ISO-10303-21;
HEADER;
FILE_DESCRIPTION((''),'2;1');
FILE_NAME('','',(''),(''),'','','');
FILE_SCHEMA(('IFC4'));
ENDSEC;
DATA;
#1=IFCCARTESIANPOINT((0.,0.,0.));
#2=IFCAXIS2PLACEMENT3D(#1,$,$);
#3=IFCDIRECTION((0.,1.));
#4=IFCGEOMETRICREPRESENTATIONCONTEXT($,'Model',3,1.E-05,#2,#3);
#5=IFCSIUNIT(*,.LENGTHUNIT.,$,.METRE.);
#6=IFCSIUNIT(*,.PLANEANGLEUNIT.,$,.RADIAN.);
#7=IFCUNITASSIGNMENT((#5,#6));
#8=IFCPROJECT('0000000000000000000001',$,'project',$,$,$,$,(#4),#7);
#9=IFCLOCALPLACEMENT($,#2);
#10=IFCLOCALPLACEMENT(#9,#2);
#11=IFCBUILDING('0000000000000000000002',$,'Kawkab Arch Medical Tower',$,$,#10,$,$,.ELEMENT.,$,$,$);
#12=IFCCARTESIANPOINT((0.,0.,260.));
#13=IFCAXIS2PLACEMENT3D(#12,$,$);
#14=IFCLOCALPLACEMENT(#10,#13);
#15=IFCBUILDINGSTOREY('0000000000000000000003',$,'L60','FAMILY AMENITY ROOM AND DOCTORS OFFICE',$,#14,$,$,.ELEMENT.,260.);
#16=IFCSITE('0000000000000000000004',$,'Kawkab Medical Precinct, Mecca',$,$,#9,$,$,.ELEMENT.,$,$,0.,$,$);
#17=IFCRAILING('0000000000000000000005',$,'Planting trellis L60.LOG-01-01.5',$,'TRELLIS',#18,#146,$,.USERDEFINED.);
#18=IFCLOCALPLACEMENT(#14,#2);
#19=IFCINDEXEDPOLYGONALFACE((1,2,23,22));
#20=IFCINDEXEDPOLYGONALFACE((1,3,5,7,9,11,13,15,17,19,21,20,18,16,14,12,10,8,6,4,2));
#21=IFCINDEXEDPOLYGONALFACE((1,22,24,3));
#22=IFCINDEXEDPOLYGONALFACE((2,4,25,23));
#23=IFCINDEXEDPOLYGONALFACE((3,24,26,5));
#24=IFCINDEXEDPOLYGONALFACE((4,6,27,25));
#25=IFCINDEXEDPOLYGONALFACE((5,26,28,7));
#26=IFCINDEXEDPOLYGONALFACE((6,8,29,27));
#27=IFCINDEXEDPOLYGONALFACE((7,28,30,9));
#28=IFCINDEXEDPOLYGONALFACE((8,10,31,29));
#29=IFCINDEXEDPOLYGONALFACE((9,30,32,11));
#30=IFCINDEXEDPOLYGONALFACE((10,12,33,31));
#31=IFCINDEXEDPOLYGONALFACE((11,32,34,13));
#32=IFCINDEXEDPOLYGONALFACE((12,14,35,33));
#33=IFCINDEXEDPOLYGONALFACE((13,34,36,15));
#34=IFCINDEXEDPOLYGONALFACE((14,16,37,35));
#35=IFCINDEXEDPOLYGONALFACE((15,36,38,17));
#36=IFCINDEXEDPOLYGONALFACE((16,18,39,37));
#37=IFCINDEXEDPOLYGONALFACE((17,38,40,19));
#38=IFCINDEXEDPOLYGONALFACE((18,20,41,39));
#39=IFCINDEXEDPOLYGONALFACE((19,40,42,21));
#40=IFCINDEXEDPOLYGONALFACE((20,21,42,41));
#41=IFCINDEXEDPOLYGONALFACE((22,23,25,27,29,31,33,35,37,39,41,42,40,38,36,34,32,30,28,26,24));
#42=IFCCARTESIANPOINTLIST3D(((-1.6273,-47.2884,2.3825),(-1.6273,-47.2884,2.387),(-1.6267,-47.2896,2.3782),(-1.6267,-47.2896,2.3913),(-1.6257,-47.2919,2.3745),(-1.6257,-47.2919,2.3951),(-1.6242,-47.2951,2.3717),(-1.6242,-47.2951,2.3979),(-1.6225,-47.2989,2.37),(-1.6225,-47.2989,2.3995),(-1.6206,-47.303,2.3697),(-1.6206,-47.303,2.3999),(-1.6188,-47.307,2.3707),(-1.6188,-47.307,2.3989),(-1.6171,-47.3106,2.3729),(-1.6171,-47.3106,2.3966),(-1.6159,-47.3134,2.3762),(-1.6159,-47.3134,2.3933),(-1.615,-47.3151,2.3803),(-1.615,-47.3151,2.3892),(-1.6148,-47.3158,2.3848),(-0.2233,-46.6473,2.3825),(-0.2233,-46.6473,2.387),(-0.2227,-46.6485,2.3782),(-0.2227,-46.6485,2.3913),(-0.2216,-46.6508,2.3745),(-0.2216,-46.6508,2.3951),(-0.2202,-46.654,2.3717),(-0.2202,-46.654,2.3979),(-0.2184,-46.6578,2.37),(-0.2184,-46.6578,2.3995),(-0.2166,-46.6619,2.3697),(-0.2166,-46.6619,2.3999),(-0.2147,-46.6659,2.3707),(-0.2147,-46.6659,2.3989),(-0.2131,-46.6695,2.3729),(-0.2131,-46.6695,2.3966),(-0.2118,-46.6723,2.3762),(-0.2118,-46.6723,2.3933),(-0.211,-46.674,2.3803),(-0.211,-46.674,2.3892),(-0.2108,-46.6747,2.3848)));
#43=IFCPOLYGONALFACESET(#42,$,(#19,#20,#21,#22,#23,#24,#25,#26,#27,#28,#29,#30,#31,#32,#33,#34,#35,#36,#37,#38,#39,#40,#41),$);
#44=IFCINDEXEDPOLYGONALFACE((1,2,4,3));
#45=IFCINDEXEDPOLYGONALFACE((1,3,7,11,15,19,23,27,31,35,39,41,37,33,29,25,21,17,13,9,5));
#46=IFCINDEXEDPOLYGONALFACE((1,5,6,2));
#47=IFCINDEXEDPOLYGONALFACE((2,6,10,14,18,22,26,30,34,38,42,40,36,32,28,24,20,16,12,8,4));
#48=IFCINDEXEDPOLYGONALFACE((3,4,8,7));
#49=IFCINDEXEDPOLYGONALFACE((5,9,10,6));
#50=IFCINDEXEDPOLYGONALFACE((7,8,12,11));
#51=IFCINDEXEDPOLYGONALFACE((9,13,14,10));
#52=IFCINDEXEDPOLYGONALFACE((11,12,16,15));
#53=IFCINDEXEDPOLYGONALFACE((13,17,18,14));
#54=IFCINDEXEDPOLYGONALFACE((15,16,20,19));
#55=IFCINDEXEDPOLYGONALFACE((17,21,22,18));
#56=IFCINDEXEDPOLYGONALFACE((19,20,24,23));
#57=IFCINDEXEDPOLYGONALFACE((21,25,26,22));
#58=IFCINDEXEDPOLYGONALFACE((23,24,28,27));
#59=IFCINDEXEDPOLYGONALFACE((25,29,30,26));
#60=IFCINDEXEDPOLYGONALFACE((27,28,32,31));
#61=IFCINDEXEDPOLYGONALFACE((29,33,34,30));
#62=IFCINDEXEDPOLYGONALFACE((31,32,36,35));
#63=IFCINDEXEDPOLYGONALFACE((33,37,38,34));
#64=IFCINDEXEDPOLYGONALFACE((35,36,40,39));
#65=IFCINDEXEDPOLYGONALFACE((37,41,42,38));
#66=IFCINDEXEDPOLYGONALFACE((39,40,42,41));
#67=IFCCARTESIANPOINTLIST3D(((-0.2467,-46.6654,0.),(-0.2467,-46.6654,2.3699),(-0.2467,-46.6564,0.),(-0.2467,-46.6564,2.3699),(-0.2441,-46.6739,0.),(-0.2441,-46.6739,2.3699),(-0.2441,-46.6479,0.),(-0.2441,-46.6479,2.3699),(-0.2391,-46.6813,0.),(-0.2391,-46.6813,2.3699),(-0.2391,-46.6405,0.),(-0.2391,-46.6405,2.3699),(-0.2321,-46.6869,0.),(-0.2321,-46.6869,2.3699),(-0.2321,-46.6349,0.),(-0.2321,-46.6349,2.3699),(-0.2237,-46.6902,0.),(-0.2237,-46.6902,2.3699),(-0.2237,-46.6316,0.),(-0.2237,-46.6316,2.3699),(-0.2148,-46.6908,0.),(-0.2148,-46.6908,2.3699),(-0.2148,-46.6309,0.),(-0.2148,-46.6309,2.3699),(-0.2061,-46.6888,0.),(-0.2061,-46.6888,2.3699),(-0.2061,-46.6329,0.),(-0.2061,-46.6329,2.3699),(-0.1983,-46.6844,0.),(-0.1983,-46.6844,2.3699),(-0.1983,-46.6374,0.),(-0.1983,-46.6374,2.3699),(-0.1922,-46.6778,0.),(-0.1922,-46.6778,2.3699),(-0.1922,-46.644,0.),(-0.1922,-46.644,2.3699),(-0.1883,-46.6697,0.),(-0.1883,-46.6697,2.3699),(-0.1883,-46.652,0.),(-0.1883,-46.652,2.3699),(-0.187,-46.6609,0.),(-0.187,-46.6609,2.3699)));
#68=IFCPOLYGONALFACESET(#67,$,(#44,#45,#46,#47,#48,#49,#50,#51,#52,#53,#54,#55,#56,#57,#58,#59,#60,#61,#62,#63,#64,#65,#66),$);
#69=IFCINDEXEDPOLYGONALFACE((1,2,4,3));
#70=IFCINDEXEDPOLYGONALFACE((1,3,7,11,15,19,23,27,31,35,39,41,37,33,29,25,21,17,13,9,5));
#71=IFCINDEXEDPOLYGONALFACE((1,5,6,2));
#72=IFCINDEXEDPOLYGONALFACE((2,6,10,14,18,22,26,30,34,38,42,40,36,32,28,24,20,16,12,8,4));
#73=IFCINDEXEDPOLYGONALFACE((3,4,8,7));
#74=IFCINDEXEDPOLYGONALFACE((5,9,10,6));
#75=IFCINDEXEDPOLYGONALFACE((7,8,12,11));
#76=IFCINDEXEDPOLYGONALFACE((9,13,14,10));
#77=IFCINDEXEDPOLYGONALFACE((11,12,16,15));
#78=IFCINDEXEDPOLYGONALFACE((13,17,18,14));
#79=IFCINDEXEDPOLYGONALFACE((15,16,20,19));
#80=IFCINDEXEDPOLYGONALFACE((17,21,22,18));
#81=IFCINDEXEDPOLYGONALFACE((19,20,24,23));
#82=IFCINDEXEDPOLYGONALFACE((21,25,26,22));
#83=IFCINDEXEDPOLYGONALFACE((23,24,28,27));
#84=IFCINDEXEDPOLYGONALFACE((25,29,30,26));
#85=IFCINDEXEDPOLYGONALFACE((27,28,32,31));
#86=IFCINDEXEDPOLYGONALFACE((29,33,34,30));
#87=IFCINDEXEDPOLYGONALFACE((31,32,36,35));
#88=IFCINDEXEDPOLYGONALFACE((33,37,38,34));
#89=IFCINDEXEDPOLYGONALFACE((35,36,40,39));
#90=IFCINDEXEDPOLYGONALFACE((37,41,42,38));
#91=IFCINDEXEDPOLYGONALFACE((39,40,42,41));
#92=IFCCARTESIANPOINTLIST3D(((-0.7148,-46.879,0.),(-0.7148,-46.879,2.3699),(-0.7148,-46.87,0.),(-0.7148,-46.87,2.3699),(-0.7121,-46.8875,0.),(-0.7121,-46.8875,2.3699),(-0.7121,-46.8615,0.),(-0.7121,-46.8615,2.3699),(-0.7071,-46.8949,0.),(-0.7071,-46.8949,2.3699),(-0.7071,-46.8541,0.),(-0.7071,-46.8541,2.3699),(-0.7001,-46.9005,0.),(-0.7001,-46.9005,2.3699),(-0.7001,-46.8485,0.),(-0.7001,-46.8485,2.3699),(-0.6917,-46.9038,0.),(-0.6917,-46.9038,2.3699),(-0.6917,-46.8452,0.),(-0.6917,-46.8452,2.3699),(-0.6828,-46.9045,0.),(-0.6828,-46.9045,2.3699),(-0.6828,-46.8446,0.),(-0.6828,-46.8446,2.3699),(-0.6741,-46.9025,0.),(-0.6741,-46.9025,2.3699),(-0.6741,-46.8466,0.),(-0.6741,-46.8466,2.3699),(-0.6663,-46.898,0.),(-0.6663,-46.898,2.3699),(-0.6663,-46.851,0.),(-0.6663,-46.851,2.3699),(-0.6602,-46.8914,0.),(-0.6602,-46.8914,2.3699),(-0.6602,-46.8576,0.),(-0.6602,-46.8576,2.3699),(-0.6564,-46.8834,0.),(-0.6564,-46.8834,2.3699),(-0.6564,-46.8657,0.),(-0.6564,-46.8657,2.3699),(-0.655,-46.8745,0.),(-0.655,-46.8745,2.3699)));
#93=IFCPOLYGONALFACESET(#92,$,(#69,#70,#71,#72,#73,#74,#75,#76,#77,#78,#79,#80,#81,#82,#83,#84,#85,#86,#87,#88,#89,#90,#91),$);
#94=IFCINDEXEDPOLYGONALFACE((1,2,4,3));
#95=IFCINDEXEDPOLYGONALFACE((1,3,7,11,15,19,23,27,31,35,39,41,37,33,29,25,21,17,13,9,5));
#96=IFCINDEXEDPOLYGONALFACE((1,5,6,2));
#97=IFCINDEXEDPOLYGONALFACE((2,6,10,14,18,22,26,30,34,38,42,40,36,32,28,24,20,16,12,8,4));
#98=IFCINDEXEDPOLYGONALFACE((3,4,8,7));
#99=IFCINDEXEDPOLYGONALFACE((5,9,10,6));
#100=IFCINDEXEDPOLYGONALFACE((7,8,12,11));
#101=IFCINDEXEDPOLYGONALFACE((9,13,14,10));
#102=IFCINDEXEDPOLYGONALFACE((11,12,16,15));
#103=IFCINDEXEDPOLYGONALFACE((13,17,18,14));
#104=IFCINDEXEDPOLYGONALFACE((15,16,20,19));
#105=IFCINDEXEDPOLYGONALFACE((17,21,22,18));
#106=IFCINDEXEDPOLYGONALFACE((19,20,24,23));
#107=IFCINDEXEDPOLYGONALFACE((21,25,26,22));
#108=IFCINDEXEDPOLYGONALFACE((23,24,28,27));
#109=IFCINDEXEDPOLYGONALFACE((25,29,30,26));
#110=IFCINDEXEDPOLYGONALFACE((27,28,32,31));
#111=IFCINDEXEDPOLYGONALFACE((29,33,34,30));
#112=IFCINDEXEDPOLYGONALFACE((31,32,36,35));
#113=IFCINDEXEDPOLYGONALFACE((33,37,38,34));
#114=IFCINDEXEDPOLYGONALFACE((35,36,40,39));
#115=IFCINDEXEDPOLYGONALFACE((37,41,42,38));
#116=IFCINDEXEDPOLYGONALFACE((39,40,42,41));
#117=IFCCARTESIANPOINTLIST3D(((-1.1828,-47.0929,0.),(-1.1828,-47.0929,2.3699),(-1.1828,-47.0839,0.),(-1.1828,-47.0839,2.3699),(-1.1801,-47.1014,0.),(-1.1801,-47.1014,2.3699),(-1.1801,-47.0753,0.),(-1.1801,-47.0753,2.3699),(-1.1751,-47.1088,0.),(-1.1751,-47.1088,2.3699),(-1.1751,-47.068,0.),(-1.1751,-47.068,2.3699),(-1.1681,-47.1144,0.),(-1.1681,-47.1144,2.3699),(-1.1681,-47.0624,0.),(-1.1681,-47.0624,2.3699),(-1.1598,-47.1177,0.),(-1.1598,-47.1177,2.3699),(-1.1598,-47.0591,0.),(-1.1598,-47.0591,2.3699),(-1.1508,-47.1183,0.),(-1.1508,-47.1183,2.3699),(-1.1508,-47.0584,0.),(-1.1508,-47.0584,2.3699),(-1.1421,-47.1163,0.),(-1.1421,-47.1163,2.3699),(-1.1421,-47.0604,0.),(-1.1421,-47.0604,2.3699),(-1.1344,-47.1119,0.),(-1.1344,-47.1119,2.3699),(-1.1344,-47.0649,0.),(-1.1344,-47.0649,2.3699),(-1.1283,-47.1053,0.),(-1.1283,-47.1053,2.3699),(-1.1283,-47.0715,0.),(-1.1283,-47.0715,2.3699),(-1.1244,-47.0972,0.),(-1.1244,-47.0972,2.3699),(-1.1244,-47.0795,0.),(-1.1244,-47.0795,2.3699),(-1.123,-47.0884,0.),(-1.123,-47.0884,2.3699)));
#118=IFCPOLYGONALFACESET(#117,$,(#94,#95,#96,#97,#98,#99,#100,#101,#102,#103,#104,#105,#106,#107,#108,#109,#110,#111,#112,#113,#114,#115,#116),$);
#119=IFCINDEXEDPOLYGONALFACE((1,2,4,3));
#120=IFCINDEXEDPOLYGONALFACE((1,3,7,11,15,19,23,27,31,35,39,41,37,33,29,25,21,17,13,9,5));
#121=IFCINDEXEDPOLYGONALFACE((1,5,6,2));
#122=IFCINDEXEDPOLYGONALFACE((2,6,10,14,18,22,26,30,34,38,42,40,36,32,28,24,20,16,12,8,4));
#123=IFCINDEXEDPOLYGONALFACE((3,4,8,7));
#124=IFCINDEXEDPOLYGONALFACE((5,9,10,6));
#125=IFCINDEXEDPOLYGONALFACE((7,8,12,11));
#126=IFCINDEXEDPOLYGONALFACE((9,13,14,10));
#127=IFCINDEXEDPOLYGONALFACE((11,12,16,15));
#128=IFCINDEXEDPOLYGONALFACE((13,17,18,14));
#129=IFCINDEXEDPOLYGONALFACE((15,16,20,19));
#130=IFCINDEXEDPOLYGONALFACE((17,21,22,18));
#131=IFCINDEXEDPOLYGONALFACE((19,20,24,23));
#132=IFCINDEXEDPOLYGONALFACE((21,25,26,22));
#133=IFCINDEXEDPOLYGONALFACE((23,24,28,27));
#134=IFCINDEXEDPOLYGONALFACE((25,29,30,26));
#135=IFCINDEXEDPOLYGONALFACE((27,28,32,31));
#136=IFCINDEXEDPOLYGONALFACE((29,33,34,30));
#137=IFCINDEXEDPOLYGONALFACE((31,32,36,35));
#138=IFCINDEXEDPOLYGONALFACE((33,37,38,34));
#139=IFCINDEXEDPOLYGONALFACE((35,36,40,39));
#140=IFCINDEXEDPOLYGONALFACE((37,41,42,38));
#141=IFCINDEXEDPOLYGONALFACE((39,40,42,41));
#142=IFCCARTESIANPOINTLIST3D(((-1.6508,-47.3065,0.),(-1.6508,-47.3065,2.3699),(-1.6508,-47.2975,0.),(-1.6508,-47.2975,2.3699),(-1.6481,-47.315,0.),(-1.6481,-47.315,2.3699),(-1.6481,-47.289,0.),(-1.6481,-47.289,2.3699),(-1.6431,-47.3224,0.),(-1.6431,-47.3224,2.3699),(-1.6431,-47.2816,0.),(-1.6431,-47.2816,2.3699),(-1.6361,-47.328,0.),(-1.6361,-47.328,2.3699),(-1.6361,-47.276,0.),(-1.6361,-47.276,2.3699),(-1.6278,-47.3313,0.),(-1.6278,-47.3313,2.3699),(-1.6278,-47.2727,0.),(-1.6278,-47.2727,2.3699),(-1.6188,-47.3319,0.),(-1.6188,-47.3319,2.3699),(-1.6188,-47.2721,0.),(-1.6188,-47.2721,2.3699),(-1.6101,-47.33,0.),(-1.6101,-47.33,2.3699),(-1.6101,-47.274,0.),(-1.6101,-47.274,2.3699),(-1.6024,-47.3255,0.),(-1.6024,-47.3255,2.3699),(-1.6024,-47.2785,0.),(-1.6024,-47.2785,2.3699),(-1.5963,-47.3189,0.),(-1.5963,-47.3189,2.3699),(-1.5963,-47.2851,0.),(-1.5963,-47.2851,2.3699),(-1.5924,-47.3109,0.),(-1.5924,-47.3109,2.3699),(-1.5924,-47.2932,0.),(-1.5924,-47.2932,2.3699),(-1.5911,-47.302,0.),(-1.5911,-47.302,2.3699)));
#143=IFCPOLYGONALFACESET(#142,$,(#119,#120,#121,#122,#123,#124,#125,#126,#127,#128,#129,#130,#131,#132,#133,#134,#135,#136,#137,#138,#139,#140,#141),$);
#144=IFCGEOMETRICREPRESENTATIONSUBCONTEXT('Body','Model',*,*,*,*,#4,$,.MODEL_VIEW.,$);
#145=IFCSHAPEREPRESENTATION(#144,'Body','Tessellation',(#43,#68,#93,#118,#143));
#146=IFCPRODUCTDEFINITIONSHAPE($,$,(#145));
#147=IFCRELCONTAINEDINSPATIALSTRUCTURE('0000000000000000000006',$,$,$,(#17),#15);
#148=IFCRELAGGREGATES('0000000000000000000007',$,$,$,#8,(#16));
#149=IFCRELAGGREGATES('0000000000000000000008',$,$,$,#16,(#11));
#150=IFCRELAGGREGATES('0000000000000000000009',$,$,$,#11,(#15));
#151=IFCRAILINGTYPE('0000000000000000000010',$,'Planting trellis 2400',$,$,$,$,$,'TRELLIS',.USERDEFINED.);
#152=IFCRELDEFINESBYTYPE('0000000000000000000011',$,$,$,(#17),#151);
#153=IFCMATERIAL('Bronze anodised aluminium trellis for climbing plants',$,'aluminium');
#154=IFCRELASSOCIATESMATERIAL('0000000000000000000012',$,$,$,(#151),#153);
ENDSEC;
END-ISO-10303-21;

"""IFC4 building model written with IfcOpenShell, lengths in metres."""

from ifc_helpers import new_model, si_unit, direction, frame, origin, origin_2d, place, context, subcontext, project, spatial, circle, extrude, material, type_object, element, save


model = new_model("IFC4")

# Units and contexts
model_context = context("Model", 3, precision=1e-05, world=origin(), true_north=direction((0.0, 1.0)))
body_context = subcontext(model_context, "Body", "Model", "MODEL_VIEW")
ifc_project = project(units=[si_unit("LENGTHUNIT", "METRE"), si_unit("PLANEANGLEUNIT", "RADIAN")], contexts=[model_context])

# Site, building, storey
site_placement = place(None, origin())
site = spatial("IfcSite", under=ifc_project, at=site_placement, Name="Kawkab Medical Precinct, Mecca", CompositionType="ELEMENT", RefElevation=0.0)
building_placement = place(site_placement, origin())
building = spatial("IfcBuilding", under=site, at=building_placement, Name="Kawkab Arch Medical Tower", CompositionType="ELEMENT")
storey_placement = place(building_placement, frame((0.0, 0.0, 260.0)))
storey = spatial("IfcBuildingStorey", under=building, at=storey_placement, Name="L60", Description="FAMILY AMENITY ROOM AND DOCTORS OFFICE", CompositionType="ELEMENT", Elevation=260.0)

# Railing
ifc_material_1 = material(Name="Bronze anodised aluminium trellis for climbing plants", Category="aluminium")
railing_type_1 = type_object("IfcRailingType", Name="Planting trellis 2400", ElementType="TRELLIS", PredefinedType="USERDEFINED", material=ifc_material_1)
railing_1_placement = place(storey_placement, frame((-0.217, -46.6609, 0.0)))
element("IfcRailing", 1, at=railing_1_placement, inside=storey, type_object=railing_type_1, Name="Planting trellis L60.LOG-01-01.5", ObjectType="TRELLIS", PredefinedType="USERDEFINED", context=body_context, shape_type="SweptSolid", body=[
    extrude(circle(Radius=0.0151, at=origin_2d()), frame((0.0, 0.0, 2.3848), z_axis=(-0.909656, -0.415363, 0.0), x_axis=(0.415363, -0.909656, 0.0)), (0.0, 0.0, 1.0), 1.5435),
    extrude(circle(Radius=0.03, at=origin_2d()), origin(), (0.0, 0.0, 1.0), 2.3699),
    extrude(circle(Radius=0.03, at=origin_2d()), frame((-0.468, -0.2136, 0.0)), (0.0, 0.0, 1.0), 2.3699),
    extrude(circle(Radius=0.03, at=origin_2d()), frame((-0.936, -0.4275, 0.0)), (0.0, 0.0, 1.0), 2.3699),
    extrude(circle(Radius=0.03, at=origin_2d()), frame((-1.4041, -0.6411, 0.0)), (0.0, 0.0, 1.0), 2.3699),
])

save(model, "model.ifc")
